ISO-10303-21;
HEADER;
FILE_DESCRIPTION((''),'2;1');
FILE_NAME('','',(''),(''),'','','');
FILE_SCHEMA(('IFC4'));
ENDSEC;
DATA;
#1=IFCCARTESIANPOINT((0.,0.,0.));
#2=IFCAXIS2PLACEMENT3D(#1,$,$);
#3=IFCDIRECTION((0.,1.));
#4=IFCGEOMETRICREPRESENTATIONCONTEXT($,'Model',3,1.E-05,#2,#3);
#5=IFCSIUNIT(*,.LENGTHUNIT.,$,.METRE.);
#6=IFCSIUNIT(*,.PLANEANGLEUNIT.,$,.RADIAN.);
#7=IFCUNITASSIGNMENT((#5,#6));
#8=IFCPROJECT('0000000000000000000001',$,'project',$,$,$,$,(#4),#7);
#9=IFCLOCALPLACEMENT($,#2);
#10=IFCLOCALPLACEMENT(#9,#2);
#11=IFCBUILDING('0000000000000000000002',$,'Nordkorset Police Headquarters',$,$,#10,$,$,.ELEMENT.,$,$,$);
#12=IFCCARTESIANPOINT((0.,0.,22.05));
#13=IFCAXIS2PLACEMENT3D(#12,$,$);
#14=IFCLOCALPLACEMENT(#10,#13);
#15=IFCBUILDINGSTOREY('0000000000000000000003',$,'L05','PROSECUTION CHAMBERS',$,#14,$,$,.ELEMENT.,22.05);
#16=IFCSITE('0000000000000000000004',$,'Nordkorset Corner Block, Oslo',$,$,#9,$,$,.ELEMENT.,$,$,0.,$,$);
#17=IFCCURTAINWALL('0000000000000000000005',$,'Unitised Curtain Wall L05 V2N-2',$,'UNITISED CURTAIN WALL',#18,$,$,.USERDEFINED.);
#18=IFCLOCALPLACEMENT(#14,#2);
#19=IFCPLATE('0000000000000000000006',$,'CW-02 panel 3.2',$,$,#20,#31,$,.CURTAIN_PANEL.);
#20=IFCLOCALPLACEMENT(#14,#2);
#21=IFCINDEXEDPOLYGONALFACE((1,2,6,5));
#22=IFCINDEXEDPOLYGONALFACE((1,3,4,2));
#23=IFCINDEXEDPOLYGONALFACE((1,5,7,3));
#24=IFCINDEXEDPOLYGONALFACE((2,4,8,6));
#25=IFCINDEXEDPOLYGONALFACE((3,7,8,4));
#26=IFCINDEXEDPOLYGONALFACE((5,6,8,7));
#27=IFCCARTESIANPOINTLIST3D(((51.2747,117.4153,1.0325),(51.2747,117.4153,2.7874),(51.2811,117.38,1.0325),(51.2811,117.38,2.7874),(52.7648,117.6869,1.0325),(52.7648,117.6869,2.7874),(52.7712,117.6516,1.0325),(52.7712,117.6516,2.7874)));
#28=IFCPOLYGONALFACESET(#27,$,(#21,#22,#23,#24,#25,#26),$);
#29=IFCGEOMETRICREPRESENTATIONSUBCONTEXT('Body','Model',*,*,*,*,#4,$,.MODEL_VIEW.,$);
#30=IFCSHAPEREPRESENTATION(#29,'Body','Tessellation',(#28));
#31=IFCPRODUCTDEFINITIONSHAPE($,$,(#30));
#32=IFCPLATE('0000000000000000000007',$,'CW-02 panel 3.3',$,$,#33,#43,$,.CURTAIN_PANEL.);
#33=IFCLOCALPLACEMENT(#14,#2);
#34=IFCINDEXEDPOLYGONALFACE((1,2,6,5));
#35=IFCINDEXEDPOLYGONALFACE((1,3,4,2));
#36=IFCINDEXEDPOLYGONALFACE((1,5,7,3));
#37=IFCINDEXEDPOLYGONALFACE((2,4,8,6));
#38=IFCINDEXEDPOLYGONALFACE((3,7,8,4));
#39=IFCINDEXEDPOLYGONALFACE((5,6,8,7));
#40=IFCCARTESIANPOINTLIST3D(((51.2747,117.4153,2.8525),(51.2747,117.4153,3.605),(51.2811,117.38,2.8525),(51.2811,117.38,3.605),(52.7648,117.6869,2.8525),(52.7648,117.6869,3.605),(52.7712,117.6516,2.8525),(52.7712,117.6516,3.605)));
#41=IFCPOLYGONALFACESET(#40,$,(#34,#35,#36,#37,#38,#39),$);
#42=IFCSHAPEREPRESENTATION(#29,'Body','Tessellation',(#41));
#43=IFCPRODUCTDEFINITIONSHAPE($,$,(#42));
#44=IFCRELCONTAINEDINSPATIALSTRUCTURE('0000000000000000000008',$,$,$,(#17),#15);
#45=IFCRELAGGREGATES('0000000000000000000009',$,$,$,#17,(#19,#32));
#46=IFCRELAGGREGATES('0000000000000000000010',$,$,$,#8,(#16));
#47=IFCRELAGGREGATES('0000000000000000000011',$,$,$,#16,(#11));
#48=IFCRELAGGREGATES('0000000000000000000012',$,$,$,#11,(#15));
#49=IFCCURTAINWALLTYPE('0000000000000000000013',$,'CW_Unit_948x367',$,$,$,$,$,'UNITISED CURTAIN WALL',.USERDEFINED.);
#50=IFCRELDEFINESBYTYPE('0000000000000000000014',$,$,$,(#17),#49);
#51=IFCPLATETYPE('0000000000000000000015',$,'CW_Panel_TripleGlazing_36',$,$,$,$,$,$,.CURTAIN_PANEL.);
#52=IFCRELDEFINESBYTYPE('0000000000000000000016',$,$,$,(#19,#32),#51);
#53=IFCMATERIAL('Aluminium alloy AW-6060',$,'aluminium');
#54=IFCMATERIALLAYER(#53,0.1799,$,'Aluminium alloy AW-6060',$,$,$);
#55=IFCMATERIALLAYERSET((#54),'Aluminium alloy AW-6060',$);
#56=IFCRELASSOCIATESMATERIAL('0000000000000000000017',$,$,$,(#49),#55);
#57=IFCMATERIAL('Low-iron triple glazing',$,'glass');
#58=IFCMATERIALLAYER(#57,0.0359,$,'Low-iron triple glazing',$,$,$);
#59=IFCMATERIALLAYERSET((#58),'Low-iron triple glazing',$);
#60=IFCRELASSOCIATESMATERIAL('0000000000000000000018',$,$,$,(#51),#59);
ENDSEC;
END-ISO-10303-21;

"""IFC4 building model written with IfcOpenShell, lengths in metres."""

from ifc_helpers import new_model, si_unit, direction, frame, origin, origin_2d, place, context, subcontext, project, spatial, rectangle, extrude, material, layer, layer_set, type_object, element, aggregate, save


model = new_model("IFC4")

# Units and contexts
model_context = context("Model", 3, precision=1e-05, world=origin(), true_north=direction((0.0, 1.0)))
body_context = subcontext(model_context, "Body", "Model", "MODEL_VIEW")
ifc_project = project(units=[si_unit("LENGTHUNIT", "METRE"), si_unit("PLANEANGLEUNIT", "RADIAN")], contexts=[model_context])

# Site, building, storey
site_placement = place(None, origin())
site = spatial("IfcSite", under=ifc_project, at=site_placement, Name="Nordkorset Corner Block, Oslo", CompositionType="ELEMENT", RefElevation=0.0)
building_placement = place(site_placement, origin())
building = spatial("IfcBuilding", under=site, at=building_placement, Name="Nordkorset Police Headquarters", CompositionType="ELEMENT")
storey_placement = place(building_placement, frame((0.0, 0.0, 22.05)))
storey = spatial("IfcBuildingStorey", under=building, at=storey_placement, Name="L05", Description="PROSECUTION CHAMBERS", CompositionType="ELEMENT", Elevation=22.05)

# Curtain wall
ifc_material_1 = material(Name="Aluminium alloy AW-6060", Category="aluminium")
ifc_layer_1 = layer(ifc_material_1, 0.1799, Name="Aluminium alloy AW-6060")
ifc_layer_set_1 = layer_set([ifc_layer_1], Name="Aluminium alloy AW-6060")
curtain_wall_type_1 = type_object("IfcCurtainWallType", Name="CW_Unit_948x367", ElementType="UNITISED CURTAIN WALL", PredefinedType="USERDEFINED", material=ifc_layer_set_1)
curtain_wall_1_placement = place(storey_placement, origin())
curtain_wall_1 = element("IfcCurtainWall", 1, at=curtain_wall_1_placement, inside=storey, type_object=curtain_wall_type_1, Name="Unitised Curtain Wall L05 V2N-2", ObjectType="UNITISED CURTAIN WALL", PredefinedType="USERDEFINED")

# Plates
ifc_material_2 = material(Name="Low-iron triple glazing", Category="glass")
ifc_layer_2 = layer(ifc_material_2, 0.0359, Name="Low-iron triple glazing")
ifc_layer_set_2 = layer_set([ifc_layer_2], Name="Low-iron triple glazing")
plate_type = type_object("IfcPlateType", Name="CW_Panel_TripleGlazing_36", PredefinedType="CURTAIN_PANEL", material=ifc_layer_set_2)
plate_1_placement = place(storey_placement, frame((52.0229, 117.5334, 1.0325), z_axis=(0.0, 0.0, 1.0), x_axis=(0.983788, 0.179336, 0.0)))
plate_1 = element("IfcPlate", 2, at=plate_1_placement, type_object=plate_type, Name="CW-02 panel 3.2", PredefinedType="CURTAIN_PANEL", context=body_context, shape_type="SweptSolid", body=[
    extrude(rectangle(XDim=1.5146, YDim=0.0359, at=origin_2d()), origin(), (0.0, 0.0, 1.0), 1.7549),
])
plate_2_placement = place(storey_placement, frame((52.0229, 117.5334, 2.8525), z_axis=(0.0, 0.0, 1.0), x_axis=(0.983788, 0.179336, 0.0)))
plate_2 = element("IfcPlate", 3, at=plate_2_placement, type_object=plate_type, Name="CW-02 panel 3.3", PredefinedType="CURTAIN_PANEL", context=body_context, shape_type="SweptSolid", body=[
    extrude(rectangle(XDim=1.5146, YDim=0.0359, at=origin_2d()), origin(), (0.0, 0.0, 1.0), 0.7524),
])
aggregate(curtain_wall_1, [plate_1, plate_2])

save(model, "model.ifc")
